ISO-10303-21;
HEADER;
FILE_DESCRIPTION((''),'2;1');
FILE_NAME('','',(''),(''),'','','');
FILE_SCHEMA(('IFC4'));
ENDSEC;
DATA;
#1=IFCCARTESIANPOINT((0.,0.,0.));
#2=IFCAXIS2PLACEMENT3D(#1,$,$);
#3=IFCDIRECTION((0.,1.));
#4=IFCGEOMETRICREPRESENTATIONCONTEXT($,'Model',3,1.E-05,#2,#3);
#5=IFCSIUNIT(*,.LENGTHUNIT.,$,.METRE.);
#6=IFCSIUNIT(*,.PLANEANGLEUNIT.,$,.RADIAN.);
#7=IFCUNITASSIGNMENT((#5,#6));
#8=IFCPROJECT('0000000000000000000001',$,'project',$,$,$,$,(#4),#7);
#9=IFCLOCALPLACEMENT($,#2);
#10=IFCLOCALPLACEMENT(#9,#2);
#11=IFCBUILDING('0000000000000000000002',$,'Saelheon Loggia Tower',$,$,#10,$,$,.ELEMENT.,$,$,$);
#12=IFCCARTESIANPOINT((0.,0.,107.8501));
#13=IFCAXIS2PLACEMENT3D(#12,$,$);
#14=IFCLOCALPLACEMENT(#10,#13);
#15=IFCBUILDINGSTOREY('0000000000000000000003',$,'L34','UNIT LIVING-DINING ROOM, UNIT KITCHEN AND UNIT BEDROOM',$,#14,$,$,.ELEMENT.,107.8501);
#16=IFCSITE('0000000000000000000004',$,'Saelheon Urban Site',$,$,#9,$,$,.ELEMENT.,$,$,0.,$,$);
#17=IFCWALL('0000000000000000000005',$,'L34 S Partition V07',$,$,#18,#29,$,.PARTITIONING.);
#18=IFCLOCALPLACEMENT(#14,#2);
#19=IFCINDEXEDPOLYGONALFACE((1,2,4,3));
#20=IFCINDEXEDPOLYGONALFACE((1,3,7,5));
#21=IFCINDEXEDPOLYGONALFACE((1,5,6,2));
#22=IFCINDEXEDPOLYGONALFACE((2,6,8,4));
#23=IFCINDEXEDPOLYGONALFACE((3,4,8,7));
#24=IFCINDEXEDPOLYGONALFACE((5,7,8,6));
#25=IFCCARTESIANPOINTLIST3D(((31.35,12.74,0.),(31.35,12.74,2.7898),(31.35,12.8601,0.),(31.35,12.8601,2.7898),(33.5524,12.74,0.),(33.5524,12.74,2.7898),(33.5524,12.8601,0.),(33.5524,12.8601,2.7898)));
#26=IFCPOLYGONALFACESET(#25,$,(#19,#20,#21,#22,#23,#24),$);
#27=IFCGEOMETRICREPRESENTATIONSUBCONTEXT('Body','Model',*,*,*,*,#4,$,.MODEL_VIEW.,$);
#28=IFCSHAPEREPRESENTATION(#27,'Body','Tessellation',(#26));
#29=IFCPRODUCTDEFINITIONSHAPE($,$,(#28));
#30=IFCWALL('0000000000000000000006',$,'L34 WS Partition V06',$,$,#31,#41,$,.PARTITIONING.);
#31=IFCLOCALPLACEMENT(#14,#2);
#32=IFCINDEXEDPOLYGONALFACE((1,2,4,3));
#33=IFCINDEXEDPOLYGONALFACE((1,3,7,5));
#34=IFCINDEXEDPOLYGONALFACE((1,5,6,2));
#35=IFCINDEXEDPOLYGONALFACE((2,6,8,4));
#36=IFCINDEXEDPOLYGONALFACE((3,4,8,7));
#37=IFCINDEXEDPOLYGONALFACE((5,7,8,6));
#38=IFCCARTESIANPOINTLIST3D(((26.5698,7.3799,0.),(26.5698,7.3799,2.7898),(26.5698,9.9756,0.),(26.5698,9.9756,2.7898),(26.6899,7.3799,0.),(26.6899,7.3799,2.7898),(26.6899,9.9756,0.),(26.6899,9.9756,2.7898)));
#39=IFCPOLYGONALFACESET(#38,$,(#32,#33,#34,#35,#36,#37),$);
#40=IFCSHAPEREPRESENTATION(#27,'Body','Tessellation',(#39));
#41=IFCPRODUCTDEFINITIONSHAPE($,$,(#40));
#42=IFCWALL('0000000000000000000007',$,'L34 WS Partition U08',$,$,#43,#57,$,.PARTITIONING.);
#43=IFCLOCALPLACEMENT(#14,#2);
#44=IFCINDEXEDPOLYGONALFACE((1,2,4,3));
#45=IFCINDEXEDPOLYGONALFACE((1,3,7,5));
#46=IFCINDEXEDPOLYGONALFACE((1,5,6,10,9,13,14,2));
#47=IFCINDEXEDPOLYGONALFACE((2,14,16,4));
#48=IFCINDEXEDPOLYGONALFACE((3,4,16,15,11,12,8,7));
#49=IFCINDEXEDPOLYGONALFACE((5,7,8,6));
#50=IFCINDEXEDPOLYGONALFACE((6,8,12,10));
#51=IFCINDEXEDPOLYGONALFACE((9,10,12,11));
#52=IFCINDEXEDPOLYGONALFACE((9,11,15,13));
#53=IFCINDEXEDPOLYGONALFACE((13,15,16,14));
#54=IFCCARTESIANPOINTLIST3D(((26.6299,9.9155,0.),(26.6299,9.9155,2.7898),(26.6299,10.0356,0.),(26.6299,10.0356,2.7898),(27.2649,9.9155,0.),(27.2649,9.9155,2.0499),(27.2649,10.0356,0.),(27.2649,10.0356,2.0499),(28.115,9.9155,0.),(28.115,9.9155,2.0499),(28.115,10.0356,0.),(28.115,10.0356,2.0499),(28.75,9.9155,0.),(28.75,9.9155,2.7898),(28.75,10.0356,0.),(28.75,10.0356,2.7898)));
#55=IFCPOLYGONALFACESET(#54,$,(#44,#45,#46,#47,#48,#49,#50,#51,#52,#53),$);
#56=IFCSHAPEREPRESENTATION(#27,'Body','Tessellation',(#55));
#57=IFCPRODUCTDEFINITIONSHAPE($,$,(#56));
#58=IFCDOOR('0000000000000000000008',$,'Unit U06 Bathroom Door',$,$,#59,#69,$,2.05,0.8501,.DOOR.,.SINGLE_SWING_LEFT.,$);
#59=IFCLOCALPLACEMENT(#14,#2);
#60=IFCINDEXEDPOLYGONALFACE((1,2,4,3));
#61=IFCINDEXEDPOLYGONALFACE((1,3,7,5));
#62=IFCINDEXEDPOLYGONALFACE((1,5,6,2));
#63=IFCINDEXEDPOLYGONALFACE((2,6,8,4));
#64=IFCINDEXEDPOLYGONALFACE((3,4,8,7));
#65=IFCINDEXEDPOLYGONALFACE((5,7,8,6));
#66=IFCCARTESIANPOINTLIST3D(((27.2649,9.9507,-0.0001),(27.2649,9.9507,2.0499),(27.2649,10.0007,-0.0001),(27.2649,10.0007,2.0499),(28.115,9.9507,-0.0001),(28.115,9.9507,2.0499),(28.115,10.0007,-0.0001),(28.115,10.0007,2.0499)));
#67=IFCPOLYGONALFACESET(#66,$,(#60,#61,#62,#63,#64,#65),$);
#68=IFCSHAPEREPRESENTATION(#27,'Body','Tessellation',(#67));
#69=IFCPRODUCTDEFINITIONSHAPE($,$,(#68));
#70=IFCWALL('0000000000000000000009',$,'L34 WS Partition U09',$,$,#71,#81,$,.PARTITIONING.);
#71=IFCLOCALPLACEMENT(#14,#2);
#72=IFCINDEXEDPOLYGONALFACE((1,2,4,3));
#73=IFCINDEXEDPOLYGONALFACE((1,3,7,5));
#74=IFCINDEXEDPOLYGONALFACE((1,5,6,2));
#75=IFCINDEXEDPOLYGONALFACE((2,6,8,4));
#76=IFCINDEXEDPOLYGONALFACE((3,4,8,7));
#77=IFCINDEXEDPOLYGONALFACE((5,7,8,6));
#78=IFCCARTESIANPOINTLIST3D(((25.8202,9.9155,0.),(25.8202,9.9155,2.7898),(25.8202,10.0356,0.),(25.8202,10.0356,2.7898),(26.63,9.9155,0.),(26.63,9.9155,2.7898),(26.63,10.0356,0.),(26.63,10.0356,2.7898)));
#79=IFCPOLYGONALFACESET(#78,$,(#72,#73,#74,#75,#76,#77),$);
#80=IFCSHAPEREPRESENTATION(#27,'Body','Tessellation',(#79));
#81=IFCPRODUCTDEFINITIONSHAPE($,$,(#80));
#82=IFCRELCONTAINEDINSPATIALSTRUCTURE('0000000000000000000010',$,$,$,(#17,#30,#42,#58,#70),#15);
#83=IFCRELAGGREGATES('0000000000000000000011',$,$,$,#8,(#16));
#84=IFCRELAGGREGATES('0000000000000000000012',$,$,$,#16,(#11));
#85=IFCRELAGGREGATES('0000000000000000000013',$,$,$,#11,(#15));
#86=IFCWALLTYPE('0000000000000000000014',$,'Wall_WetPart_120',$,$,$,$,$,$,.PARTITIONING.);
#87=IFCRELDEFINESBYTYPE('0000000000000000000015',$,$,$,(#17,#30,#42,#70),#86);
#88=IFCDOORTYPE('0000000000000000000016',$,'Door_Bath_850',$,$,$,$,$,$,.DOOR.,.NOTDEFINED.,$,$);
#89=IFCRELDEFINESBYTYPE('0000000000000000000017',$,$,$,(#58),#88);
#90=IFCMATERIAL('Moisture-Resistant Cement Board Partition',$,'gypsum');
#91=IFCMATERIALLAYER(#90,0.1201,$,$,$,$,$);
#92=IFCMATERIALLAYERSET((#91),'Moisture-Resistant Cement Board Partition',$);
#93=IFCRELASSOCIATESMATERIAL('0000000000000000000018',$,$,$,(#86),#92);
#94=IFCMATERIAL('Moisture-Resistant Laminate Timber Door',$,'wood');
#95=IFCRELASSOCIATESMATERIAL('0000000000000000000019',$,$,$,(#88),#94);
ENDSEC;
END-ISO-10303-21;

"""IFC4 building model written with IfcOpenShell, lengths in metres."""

from ifc_helpers import new_model, si_unit, direction, frame, frame_2d, origin, place, context, subcontext, project, spatial, rectangle, extrude, source, transform, mapped, material, layer, layer_set, type_object, element, fill, save


model = new_model("IFC4")

# Units and contexts
model_context = context("Model", 3, precision=1e-05, world=origin(), true_north=direction((0.0, 1.0)))
body_context = subcontext(model_context, "Body", "Model", "MODEL_VIEW")
ifc_project = project(units=[si_unit("LENGTHUNIT", "METRE"), si_unit("PLANEANGLEUNIT", "RADIAN")], contexts=[model_context])

# Site, building, storey
site_placement = place(None, origin())
site = spatial("IfcSite", under=ifc_project, at=site_placement, Name="Saelheon Urban Site", CompositionType="ELEMENT", RefElevation=0.0)
building_placement = place(site_placement, origin())
building = spatial("IfcBuilding", under=site, at=building_placement, Name="Saelheon Loggia Tower", CompositionType="ELEMENT")
storey_placement = place(building_placement, frame((0.0, 0.0, 107.8501)))
storey = spatial("IfcBuildingStorey", under=building, at=storey_placement, Name="L34", Description="UNIT LIVING-DINING ROOM, UNIT KITCHEN AND UNIT BEDROOM", CompositionType="ELEMENT", Elevation=107.8501)

# Walls
ifc_material_1 = material(Name="Moisture-Resistant Cement Board Partition", Category="gypsum")
ifc_layer_1 = layer(ifc_material_1, 0.1201)
ifc_layer_set_1 = layer_set([ifc_layer_1], Name="Moisture-Resistant Cement Board Partition")
wall_type_1 = type_object("IfcWallType", Name="Wall_WetPart_120", PredefinedType="PARTITIONING", material=ifc_layer_set_1)
wall_1_placement = place(storey_placement, frame((31.3501, 12.8, 0.0), z_axis=(0.0, 0.0, 1.0), x_axis=(1.0, 0.0, 0.0)))
element("IfcWall", 1, at=wall_1_placement, inside=storey, type_object=wall_type_1, Name="L34 S Partition V07", PredefinedType="PARTITIONING", context=body_context, shape_type="SweptSolid", body=[
    extrude(rectangle(XDim=2.2024, YDim=0.1201, at=frame_2d((1.1011, 0.0))), origin(), (0.0, 0.0, 1.0), 2.7898),
])
wall_2_placement = place(storey_placement, frame((26.6299, 7.3799, 0.0), z_axis=(0.0, 0.0, 1.0), x_axis=(0.0, 1.0, 0.0)))
element("IfcWall", 2, at=wall_2_placement, inside=storey, type_object=wall_type_1, Name="L34 WS Partition V06", PredefinedType="PARTITIONING", context=body_context, shape_type="SweptSolid", body=[
    extrude(rectangle(XDim=2.5957, YDim=0.1201, at=frame_2d((1.2979, 0.0))), origin(), (0.0, 0.0, 1.0), 2.7898),
])

# Wall, opening, door
wall_3_placement = place(storey_placement, frame((28.75, 9.9756, 0.0), z_axis=(0.0, 0.0, 1.0), x_axis=(-1.0, 0.0, 0.0)))
wall_3 = element("IfcWall", 3, at=wall_3_placement, inside=storey, type_object=wall_type_1, Name="L34 WS Partition U08", PredefinedType="PARTITIONING", context=body_context, shape_type="SweptSolid", body=[
    extrude(rectangle(XDim=2.1201, YDim=0.1201, at=frame_2d((1.0601, 0.0))), origin(), (0.0, 0.0, 1.0), 2.7898),
])
opening_1_placement = place(wall_3_placement, frame((0.635, 0.0, 0.0)))
opening_1 = element("IfcOpeningElement", 4, at=opening_1_placement, cuts=wall_3, PredefinedType="OPENING", context=body_context, shape_type="SweptSolid", body=[
    extrude(rectangle(XDim=0.8501, YDim=2.05, at=frame_2d((0.425, 1.0249))), frame((0.0, 0.072, 0.0), z_axis=(0.0, -1.0, 0.0), x_axis=(1.0, 0.0, 0.0)), (0.0, 0.0, 1.0), 0.144),
])
ifc_material_2 = material(Name="Moisture-Resistant Laminate Timber Door", Category="wood")
door_type_1 = type_object("IfcDoorType", Name="Door_Bath_850", OperationType="NOTDEFINED", PredefinedType="DOOR", material=ifc_material_2)
shared_shape_1 = source(origin(), body_context, "Body", "SweptSolid", [
    extrude(rectangle(XDim=0.8501, YDim=2.05, at=frame_2d((0.425, 1.0249))), frame((0.0, 0.0249, 0.0), z_axis=(0.0, -1.0, 0.0), x_axis=(1.0, 0.0, 0.0)), (0.0, 0.0, 1.0), 0.05),
])
door_1_placement = place(opening_1_placement, origin())
door_1 = element("IfcDoor", 5, at=door_1_placement, inside=storey, type_object=door_type_1, Name="Unit U06 Bathroom Door", OperationType="SINGLE_SWING_LEFT", OverallHeight=2.05, OverallWidth=0.8501, PredefinedType="DOOR", context=body_context, shape_type="MappedRepresentation", body=[
    mapped(shared_shape_1, transform((0.0, 0.0, 0.0), scale=1.0)),
])
fill(opening_1, door_1)

# Wall
wall_4_placement = place(storey_placement, frame((26.6299, 9.9756, 0.0), z_axis=(0.0, 0.0, 1.0), x_axis=(-1.0, 0.0, 0.0)))
element("IfcWall", 6, at=wall_4_placement, inside=storey, type_object=wall_type_1, Name="L34 WS Partition U09", PredefinedType="PARTITIONING", context=body_context, shape_type="SweptSolid", body=[
    extrude(rectangle(XDim=0.8098, YDim=0.1201, at=frame_2d((0.4048, 0.0))), origin(), (0.0, 0.0, 1.0), 2.7898),
])

save(model, "model.ifc")
